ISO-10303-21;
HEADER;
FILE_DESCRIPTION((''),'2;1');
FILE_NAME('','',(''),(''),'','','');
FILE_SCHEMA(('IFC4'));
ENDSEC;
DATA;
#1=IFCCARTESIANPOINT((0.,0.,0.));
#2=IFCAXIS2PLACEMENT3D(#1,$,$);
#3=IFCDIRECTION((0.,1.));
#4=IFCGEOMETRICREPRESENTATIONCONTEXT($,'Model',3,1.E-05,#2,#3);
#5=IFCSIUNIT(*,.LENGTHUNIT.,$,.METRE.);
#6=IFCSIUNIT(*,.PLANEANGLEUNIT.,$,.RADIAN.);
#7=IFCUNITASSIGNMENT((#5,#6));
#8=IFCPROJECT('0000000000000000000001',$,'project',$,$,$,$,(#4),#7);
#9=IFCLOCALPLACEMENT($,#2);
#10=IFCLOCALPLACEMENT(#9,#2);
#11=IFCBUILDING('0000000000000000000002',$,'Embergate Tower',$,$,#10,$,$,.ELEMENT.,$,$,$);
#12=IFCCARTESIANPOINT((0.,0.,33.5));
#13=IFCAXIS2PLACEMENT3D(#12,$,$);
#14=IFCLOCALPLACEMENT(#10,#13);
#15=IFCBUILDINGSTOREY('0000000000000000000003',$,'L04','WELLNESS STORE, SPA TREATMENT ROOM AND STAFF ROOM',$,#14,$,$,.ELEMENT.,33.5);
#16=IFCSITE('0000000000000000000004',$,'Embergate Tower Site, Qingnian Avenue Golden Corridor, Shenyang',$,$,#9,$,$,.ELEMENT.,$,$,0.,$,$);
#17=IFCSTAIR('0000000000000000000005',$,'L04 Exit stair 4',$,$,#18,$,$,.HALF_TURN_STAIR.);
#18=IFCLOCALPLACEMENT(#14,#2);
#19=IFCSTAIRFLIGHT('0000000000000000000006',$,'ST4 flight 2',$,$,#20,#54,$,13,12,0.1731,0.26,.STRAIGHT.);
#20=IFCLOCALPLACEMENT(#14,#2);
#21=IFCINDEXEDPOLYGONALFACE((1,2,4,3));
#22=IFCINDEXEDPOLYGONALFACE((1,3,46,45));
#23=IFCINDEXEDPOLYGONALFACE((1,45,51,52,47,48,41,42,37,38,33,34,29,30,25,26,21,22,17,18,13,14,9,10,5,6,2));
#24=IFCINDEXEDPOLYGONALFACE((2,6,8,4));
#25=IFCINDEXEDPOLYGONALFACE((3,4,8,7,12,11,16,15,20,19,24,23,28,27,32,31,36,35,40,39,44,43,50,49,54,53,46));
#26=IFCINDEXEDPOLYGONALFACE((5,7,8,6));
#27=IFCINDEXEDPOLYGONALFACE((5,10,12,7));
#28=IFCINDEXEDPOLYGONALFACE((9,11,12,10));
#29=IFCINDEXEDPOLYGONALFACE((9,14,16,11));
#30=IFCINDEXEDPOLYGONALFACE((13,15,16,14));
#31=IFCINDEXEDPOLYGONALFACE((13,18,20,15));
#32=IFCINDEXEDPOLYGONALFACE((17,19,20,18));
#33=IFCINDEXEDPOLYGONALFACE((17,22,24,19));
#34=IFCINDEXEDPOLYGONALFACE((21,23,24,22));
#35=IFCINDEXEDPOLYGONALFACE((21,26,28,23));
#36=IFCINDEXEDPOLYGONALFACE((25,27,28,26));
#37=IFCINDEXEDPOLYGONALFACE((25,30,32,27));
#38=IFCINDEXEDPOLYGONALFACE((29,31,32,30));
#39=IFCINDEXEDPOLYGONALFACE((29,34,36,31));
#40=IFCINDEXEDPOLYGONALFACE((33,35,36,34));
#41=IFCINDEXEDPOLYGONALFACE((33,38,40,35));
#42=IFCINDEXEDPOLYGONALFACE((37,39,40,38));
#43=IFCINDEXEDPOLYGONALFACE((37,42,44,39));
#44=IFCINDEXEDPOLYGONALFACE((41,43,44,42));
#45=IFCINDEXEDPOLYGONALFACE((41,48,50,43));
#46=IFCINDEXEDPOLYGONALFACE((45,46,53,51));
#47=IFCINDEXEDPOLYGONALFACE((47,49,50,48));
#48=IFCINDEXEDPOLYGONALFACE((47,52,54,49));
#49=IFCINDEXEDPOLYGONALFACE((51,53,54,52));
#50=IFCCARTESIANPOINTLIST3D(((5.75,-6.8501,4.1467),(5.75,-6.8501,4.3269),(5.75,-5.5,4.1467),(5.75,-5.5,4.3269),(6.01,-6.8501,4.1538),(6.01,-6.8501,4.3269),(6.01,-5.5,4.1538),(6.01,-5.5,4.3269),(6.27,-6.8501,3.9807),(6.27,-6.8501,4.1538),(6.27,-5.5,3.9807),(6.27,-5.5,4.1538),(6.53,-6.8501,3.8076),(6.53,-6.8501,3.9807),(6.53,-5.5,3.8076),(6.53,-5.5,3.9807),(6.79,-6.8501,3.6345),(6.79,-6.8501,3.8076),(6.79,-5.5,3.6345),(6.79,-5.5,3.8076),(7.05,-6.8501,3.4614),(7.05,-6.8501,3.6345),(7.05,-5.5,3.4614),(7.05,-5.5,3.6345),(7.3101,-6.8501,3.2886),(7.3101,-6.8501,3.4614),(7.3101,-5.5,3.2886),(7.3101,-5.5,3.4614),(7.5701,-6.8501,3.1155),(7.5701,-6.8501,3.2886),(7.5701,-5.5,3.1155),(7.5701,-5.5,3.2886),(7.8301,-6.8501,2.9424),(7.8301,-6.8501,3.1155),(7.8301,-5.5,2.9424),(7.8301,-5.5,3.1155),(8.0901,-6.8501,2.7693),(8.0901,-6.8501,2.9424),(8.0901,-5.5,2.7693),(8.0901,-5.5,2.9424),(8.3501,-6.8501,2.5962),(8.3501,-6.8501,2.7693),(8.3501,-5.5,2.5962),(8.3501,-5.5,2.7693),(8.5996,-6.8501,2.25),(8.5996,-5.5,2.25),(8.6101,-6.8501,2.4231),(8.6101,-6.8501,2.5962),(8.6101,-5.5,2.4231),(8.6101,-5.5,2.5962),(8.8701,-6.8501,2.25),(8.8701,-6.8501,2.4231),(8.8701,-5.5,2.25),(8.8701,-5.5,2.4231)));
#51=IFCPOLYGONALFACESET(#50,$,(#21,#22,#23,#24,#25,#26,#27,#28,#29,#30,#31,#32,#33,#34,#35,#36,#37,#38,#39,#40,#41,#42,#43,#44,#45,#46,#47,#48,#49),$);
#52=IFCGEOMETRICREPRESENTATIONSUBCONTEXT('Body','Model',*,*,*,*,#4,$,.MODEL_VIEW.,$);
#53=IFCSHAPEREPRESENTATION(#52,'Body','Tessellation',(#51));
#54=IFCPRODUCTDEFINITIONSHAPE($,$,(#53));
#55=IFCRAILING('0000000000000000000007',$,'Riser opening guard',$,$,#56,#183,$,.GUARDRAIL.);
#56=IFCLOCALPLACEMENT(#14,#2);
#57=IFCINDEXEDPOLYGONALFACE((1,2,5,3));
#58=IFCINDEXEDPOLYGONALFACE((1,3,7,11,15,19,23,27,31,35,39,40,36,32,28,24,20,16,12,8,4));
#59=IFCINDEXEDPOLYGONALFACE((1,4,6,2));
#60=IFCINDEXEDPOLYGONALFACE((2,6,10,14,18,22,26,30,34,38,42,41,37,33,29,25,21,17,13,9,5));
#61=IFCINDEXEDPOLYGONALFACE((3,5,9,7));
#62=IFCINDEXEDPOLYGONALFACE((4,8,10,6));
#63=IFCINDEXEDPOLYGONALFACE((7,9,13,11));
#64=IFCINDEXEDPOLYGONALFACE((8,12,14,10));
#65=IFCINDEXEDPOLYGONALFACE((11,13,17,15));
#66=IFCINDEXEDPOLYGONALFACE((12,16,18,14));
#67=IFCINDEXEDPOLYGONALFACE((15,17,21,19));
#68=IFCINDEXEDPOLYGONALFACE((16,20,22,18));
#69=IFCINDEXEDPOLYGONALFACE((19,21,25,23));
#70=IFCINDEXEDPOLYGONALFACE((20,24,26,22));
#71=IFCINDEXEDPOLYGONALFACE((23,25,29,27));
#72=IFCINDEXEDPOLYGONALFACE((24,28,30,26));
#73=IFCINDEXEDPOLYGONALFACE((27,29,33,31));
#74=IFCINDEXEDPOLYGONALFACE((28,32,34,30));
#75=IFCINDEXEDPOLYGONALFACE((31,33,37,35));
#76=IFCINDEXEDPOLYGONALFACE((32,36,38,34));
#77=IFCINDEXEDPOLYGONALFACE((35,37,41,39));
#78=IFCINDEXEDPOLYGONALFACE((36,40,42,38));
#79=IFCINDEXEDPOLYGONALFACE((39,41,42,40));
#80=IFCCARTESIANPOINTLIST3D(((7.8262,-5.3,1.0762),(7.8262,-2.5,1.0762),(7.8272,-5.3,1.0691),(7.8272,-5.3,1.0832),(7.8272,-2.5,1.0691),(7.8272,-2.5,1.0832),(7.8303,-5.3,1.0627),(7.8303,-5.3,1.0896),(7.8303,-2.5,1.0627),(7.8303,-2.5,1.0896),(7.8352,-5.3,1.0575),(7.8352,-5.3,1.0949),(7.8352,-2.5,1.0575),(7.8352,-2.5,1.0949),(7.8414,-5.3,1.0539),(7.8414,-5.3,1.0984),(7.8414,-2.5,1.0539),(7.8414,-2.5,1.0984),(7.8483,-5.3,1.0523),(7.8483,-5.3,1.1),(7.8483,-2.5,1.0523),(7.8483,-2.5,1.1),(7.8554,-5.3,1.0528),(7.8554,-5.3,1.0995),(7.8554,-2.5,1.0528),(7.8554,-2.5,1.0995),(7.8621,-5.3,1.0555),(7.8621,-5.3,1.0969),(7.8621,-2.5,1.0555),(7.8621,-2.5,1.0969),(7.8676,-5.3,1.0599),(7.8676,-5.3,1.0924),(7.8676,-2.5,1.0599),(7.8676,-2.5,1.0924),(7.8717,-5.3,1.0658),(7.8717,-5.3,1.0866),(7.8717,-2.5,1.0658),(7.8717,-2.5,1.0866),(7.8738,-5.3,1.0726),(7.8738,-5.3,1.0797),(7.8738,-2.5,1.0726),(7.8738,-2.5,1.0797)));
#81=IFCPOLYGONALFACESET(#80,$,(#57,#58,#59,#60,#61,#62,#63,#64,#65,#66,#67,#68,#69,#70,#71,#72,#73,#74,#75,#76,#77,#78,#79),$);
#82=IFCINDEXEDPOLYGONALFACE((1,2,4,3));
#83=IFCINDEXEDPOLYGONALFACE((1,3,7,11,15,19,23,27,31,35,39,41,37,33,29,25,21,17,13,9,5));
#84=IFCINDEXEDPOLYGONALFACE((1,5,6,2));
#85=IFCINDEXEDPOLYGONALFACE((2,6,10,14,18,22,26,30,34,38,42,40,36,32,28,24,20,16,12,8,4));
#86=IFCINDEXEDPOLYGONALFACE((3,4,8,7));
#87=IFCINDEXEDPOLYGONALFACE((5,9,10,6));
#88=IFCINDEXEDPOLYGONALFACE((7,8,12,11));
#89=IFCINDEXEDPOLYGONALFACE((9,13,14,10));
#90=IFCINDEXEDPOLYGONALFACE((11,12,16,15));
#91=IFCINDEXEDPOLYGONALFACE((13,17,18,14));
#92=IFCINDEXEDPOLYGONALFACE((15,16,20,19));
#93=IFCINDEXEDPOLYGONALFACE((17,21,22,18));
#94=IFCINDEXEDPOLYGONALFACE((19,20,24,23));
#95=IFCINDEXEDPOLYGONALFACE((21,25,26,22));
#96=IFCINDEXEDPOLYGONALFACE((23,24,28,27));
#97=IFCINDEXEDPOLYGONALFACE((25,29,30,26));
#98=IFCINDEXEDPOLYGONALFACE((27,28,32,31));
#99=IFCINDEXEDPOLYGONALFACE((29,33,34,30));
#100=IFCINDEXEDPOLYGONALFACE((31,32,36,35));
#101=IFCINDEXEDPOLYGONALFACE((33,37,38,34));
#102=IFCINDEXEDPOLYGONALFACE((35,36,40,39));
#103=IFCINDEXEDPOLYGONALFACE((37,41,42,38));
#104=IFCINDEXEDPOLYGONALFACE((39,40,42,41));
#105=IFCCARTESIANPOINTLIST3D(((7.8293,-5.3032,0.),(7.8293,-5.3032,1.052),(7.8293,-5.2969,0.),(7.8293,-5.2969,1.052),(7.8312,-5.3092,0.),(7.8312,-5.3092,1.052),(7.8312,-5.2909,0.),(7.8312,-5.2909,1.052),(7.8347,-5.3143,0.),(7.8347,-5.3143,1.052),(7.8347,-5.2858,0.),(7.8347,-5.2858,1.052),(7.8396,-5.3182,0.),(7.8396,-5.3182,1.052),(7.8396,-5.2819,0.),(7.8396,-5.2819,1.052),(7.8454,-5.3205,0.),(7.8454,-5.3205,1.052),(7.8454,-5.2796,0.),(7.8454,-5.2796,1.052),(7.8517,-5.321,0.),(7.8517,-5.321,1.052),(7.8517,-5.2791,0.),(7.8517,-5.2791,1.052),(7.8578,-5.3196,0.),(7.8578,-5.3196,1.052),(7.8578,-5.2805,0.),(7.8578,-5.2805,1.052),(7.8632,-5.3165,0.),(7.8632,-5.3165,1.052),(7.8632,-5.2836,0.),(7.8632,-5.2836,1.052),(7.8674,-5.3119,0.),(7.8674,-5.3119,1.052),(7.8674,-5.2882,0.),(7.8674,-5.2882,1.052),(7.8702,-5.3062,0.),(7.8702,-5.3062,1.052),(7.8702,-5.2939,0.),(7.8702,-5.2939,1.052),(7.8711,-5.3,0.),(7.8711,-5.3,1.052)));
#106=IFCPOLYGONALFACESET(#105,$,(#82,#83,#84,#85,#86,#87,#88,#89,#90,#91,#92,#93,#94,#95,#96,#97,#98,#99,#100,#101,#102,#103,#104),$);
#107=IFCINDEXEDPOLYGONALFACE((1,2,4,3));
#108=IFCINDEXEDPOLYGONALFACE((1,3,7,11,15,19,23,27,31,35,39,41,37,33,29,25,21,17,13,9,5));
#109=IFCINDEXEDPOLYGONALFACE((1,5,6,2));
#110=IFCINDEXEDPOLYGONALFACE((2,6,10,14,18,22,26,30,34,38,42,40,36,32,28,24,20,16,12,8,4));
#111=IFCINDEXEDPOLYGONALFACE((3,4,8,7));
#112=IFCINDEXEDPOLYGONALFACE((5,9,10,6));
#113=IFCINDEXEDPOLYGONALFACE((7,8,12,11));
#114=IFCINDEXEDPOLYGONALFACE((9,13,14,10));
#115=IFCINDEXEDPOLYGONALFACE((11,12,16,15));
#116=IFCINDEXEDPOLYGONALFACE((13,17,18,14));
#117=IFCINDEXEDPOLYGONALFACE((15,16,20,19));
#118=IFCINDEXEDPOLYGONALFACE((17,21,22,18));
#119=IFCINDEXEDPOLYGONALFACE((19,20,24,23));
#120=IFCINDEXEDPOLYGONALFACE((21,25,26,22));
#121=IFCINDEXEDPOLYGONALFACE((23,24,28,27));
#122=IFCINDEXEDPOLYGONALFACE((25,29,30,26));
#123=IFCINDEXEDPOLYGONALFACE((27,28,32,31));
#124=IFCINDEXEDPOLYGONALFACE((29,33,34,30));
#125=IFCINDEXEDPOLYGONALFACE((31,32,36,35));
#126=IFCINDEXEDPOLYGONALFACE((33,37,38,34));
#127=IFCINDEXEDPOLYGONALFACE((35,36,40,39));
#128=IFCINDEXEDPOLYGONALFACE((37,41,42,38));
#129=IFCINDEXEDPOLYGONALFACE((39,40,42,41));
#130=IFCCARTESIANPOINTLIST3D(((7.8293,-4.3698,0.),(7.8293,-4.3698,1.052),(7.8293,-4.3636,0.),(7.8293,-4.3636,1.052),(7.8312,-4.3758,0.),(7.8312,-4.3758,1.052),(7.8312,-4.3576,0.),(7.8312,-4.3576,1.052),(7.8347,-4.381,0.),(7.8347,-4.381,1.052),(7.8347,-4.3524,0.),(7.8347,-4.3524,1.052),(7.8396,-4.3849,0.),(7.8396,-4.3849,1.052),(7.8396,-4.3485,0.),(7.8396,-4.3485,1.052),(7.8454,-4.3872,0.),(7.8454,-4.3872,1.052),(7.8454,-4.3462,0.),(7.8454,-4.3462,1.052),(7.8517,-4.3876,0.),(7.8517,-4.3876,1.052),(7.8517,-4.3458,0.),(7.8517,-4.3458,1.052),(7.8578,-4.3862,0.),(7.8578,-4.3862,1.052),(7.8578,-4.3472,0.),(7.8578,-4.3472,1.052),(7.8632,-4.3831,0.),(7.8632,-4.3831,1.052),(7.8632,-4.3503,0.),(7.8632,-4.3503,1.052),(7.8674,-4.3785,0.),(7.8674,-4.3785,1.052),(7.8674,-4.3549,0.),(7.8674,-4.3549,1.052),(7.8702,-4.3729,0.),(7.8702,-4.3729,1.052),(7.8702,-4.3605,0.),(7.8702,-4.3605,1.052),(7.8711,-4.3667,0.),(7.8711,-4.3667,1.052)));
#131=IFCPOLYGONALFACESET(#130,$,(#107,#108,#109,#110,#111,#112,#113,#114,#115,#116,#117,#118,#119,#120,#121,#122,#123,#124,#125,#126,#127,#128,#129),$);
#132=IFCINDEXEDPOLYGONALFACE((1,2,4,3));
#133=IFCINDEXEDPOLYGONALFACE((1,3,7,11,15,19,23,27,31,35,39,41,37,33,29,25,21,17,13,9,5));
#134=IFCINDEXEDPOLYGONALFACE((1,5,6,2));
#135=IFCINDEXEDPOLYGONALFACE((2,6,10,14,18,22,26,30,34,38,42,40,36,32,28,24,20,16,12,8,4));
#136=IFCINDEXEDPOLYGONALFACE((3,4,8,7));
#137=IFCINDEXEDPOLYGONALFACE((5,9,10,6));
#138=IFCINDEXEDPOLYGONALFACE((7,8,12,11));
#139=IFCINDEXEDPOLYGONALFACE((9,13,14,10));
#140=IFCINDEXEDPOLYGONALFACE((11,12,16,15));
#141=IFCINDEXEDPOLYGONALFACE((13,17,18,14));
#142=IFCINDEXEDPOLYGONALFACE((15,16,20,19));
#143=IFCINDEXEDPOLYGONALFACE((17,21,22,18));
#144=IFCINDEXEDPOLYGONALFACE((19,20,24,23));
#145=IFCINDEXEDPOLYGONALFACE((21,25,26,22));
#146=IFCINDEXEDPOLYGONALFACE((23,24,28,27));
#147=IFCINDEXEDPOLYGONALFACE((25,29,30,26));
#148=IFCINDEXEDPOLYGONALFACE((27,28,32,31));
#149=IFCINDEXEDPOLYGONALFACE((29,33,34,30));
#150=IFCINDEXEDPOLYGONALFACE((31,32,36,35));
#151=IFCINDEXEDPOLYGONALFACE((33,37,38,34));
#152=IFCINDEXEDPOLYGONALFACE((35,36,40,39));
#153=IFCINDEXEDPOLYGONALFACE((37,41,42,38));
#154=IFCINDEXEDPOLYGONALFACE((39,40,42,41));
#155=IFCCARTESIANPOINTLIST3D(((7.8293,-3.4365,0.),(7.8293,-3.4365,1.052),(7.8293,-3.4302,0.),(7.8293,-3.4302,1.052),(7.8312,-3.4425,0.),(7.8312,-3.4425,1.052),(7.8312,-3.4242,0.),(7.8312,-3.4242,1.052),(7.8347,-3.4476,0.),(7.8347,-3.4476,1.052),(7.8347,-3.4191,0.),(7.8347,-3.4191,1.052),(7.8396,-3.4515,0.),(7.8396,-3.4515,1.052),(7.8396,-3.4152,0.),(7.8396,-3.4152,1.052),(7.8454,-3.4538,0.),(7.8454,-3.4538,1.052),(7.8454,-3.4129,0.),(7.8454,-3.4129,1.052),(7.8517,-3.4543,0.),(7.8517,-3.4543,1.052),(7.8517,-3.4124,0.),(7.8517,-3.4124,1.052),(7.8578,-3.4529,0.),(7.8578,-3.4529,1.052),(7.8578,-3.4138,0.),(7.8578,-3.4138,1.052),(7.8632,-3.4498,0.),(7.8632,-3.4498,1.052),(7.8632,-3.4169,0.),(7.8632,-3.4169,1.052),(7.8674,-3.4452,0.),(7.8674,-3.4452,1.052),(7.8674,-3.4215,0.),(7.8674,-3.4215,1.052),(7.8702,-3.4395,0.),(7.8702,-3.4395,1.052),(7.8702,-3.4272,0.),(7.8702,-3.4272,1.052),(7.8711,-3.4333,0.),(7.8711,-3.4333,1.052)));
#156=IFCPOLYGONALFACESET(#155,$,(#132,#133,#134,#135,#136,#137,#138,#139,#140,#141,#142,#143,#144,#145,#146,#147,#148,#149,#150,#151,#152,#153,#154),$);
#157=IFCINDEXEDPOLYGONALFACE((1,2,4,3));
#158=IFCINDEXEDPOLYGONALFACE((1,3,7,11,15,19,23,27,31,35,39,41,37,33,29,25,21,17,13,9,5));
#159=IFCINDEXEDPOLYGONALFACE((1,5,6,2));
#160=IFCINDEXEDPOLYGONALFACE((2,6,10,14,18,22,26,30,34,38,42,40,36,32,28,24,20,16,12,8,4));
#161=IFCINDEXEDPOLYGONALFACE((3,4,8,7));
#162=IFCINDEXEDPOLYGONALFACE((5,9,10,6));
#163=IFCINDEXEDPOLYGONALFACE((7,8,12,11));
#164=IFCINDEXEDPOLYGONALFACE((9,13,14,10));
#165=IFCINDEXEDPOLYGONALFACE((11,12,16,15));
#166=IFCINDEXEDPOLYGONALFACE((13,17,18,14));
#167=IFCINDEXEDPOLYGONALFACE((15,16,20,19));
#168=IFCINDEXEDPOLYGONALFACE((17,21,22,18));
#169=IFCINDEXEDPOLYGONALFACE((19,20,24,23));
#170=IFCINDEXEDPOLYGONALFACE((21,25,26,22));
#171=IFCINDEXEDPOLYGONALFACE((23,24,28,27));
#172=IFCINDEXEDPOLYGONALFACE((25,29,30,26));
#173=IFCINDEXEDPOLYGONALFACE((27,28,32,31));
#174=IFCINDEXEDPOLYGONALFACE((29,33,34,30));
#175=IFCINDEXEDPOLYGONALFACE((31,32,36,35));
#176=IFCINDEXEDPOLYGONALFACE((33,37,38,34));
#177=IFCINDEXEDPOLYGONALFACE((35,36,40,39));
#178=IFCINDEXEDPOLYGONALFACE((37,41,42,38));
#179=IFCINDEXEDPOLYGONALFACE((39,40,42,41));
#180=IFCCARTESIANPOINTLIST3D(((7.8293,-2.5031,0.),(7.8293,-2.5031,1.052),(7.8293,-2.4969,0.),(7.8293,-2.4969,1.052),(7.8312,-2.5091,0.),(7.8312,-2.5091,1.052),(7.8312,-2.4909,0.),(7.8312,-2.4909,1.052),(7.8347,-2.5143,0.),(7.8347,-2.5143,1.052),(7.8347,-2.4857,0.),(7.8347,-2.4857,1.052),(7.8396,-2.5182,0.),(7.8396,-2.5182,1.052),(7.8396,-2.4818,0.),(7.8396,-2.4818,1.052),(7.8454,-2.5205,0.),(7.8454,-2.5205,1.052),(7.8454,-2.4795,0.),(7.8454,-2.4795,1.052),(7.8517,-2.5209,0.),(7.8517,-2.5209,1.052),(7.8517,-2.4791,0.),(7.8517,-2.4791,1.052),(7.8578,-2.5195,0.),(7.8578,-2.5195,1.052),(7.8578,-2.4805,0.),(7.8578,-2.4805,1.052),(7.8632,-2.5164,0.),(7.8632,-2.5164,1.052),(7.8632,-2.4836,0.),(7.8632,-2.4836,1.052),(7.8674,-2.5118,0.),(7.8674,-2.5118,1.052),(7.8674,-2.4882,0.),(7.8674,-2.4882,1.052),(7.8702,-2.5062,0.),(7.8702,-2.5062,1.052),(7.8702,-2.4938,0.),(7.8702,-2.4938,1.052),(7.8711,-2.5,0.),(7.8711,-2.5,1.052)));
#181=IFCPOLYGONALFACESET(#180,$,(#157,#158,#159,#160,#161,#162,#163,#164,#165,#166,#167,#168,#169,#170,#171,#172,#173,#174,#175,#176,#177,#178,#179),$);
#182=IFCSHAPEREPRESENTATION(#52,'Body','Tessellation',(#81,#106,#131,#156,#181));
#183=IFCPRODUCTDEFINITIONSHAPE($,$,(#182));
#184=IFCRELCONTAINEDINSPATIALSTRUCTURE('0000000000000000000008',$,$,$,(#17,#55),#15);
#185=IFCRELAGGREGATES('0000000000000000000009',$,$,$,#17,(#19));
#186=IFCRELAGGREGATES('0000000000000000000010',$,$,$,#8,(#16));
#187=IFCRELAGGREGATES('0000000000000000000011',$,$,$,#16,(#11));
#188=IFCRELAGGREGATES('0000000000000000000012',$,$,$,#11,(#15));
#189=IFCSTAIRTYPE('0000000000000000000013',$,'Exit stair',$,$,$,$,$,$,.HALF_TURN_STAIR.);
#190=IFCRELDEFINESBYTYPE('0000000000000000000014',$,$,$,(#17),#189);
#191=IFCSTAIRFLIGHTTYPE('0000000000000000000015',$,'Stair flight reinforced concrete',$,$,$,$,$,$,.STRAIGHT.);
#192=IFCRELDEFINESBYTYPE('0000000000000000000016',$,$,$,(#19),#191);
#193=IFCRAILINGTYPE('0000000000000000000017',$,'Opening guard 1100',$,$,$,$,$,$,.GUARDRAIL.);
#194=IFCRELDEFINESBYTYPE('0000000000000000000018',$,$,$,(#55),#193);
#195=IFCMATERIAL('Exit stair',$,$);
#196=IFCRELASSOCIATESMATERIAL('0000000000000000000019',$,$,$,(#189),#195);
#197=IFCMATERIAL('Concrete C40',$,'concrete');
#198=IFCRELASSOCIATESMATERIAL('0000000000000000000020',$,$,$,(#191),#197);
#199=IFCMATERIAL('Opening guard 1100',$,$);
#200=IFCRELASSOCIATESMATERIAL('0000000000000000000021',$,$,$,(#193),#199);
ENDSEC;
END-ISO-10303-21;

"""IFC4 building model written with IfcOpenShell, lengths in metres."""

from ifc_helpers import new_model, si_unit, direction, frame, origin, origin_2d, place, context, subcontext, project, spatial, polyline, circle, outline, extrude, source, transform, mapped, material, type_object, element, aggregate, save


model = new_model("IFC4")

# Units and contexts
model_context = context("Model", 3, precision=1e-05, world=origin(), true_north=direction((0.0, 1.0)))
body_context = subcontext(model_context, "Body", "Model", "MODEL_VIEW")
ifc_project = project(units=[si_unit("LENGTHUNIT", "METRE"), si_unit("PLANEANGLEUNIT", "RADIAN")], contexts=[model_context])

# Site, building, storey
site_placement = place(None, origin())
site = spatial("IfcSite", under=ifc_project, at=site_placement, Name="Embergate Tower Site, Qingnian Avenue Golden Corridor, Shenyang", CompositionType="ELEMENT", RefElevation=0.0)
building_placement = place(site_placement, origin())
building = spatial("IfcBuilding", under=site, at=building_placement, Name="Embergate Tower", CompositionType="ELEMENT")
storey_placement = place(building_placement, frame((0.0, 0.0, 33.5)))
storey = spatial("IfcBuildingStorey", under=building, at=storey_placement, Name="L04", Description="WELLNESS STORE, SPA TREATMENT ROOM AND STAFF ROOM", CompositionType="ELEMENT", Elevation=33.5)

# Shared definitions
ifc_material_1 = material(Name="Concrete C40", Category="concrete")

# Stair, stair flight
ifc_material_2 = material(Name="Exit stair")
stair_type = type_object("IfcStairType", Name="Exit stair", PredefinedType="HALF_TURN_STAIR", material=ifc_material_2)
stair_placement = place(storey_placement, origin())
stair = element("IfcStair", 1, at=stair_placement, inside=storey, type_object=stair_type, Name="L04 Exit stair 4", PredefinedType="HALF_TURN_STAIR")
stair_flight_type = type_object("IfcStairFlightType", Name="Stair flight reinforced concrete", PredefinedType="STRAIGHT", material=ifc_material_1)
shared_shape_1 = source(origin(), body_context, "Body", "SweptSolid", [
    extrude(outline(polyline([(0.0, 0.0), (0.0, 0.1731), (0.26, 0.1731), (0.26, 0.3462), (0.52, 0.3462), (0.52, 0.5193), (0.78, 0.5193), (0.78, 0.6924), (1.04, 0.6924), (1.04, 0.8655), (1.3, 0.8655), (1.3, 1.0386), (1.5601, 1.0386), (1.5601, 1.2114), (1.8201, 1.2114), (1.8201, 1.3845), (2.0801, 1.3845), (2.0801, 1.5576), (2.3401, 1.5576), (2.3401, 1.7307), (2.6001, 1.7307), (2.6001, 1.9038), (2.8601, 1.9038), (2.8601, 2.0769), (3.1201, 2.0769), (3.1201, 2.25), (3.1201, 1.8967), (0.2705, 0.0), (0.0, 0.0)])), frame((0.0, 0.675, 0.0), z_axis=(0.0, -1.0, 0.0), x_axis=(1.0, 0.0, 0.0)), (0.0, 0.0, 1.0), 1.3501),
])
stair_flight_placement = place(storey_placement, frame((8.8701, -6.175, 2.25), z_axis=(0.0, 0.0, 1.0), x_axis=(-1.0, 0.0, 0.0)))
stair_flight = element("IfcStairFlight", 2, at=stair_flight_placement, type_object=stair_flight_type, Name="ST4 flight 2", NumberOfRisers=13, NumberOfTreads=12, PredefinedType="STRAIGHT", RiserHeight=0.1731, TreadLength=0.26, context=body_context, shape_type="MappedRepresentation", body=[
    mapped(shared_shape_1, transform((0.0, 0.0, 0.0))),
])
aggregate(stair, [stair_flight])

# Railing
ifc_material_3 = material(Name="Opening guard 1100")
railing_type_1 = type_object("IfcRailingType", Name="Opening guard 1100", PredefinedType="GUARDRAIL", material=ifc_material_3)
shared_shape_2 = source(origin(), body_context, "Body", "SweptSolid", [
    extrude(circle(Radius=0.0239, at=origin_2d()), frame((0.0, 0.0, 1.0762), z_axis=(0.0, 1.0, 0.0), x_axis=(-1.0, 0.0, 0.0)), (0.0, 0.0, 1.0), 2.8),
    extrude(circle(Radius=0.021, at=origin_2d()), origin(), (0.0, 0.0, 1.0), 1.052),
    extrude(circle(Radius=0.021, at=origin_2d()), frame((0.0, 0.9333, 0.0)), (0.0, 0.0, 1.0), 1.052),
    extrude(circle(Radius=0.021, at=origin_2d()), frame((0.0, 1.8667, 0.0)), (0.0, 0.0, 1.0), 1.052),
    extrude(circle(Radius=0.021, at=origin_2d()), frame((0.0, 2.8, 0.0)), (0.0, 0.0, 1.0), 1.052),
])
railing_1_placement = place(storey_placement, frame((7.8501, -5.3, 0.0)))
element("IfcRailing", 3, at=railing_1_placement, inside=storey, type_object=railing_type_1, Name="Riser opening guard", PredefinedType="GUARDRAIL", context=body_context, shape_type="MappedRepresentation", body=[
    mapped(shared_shape_2, transform((0.0, 0.0, 0.0))),
])

save(model, "model.ifc")
